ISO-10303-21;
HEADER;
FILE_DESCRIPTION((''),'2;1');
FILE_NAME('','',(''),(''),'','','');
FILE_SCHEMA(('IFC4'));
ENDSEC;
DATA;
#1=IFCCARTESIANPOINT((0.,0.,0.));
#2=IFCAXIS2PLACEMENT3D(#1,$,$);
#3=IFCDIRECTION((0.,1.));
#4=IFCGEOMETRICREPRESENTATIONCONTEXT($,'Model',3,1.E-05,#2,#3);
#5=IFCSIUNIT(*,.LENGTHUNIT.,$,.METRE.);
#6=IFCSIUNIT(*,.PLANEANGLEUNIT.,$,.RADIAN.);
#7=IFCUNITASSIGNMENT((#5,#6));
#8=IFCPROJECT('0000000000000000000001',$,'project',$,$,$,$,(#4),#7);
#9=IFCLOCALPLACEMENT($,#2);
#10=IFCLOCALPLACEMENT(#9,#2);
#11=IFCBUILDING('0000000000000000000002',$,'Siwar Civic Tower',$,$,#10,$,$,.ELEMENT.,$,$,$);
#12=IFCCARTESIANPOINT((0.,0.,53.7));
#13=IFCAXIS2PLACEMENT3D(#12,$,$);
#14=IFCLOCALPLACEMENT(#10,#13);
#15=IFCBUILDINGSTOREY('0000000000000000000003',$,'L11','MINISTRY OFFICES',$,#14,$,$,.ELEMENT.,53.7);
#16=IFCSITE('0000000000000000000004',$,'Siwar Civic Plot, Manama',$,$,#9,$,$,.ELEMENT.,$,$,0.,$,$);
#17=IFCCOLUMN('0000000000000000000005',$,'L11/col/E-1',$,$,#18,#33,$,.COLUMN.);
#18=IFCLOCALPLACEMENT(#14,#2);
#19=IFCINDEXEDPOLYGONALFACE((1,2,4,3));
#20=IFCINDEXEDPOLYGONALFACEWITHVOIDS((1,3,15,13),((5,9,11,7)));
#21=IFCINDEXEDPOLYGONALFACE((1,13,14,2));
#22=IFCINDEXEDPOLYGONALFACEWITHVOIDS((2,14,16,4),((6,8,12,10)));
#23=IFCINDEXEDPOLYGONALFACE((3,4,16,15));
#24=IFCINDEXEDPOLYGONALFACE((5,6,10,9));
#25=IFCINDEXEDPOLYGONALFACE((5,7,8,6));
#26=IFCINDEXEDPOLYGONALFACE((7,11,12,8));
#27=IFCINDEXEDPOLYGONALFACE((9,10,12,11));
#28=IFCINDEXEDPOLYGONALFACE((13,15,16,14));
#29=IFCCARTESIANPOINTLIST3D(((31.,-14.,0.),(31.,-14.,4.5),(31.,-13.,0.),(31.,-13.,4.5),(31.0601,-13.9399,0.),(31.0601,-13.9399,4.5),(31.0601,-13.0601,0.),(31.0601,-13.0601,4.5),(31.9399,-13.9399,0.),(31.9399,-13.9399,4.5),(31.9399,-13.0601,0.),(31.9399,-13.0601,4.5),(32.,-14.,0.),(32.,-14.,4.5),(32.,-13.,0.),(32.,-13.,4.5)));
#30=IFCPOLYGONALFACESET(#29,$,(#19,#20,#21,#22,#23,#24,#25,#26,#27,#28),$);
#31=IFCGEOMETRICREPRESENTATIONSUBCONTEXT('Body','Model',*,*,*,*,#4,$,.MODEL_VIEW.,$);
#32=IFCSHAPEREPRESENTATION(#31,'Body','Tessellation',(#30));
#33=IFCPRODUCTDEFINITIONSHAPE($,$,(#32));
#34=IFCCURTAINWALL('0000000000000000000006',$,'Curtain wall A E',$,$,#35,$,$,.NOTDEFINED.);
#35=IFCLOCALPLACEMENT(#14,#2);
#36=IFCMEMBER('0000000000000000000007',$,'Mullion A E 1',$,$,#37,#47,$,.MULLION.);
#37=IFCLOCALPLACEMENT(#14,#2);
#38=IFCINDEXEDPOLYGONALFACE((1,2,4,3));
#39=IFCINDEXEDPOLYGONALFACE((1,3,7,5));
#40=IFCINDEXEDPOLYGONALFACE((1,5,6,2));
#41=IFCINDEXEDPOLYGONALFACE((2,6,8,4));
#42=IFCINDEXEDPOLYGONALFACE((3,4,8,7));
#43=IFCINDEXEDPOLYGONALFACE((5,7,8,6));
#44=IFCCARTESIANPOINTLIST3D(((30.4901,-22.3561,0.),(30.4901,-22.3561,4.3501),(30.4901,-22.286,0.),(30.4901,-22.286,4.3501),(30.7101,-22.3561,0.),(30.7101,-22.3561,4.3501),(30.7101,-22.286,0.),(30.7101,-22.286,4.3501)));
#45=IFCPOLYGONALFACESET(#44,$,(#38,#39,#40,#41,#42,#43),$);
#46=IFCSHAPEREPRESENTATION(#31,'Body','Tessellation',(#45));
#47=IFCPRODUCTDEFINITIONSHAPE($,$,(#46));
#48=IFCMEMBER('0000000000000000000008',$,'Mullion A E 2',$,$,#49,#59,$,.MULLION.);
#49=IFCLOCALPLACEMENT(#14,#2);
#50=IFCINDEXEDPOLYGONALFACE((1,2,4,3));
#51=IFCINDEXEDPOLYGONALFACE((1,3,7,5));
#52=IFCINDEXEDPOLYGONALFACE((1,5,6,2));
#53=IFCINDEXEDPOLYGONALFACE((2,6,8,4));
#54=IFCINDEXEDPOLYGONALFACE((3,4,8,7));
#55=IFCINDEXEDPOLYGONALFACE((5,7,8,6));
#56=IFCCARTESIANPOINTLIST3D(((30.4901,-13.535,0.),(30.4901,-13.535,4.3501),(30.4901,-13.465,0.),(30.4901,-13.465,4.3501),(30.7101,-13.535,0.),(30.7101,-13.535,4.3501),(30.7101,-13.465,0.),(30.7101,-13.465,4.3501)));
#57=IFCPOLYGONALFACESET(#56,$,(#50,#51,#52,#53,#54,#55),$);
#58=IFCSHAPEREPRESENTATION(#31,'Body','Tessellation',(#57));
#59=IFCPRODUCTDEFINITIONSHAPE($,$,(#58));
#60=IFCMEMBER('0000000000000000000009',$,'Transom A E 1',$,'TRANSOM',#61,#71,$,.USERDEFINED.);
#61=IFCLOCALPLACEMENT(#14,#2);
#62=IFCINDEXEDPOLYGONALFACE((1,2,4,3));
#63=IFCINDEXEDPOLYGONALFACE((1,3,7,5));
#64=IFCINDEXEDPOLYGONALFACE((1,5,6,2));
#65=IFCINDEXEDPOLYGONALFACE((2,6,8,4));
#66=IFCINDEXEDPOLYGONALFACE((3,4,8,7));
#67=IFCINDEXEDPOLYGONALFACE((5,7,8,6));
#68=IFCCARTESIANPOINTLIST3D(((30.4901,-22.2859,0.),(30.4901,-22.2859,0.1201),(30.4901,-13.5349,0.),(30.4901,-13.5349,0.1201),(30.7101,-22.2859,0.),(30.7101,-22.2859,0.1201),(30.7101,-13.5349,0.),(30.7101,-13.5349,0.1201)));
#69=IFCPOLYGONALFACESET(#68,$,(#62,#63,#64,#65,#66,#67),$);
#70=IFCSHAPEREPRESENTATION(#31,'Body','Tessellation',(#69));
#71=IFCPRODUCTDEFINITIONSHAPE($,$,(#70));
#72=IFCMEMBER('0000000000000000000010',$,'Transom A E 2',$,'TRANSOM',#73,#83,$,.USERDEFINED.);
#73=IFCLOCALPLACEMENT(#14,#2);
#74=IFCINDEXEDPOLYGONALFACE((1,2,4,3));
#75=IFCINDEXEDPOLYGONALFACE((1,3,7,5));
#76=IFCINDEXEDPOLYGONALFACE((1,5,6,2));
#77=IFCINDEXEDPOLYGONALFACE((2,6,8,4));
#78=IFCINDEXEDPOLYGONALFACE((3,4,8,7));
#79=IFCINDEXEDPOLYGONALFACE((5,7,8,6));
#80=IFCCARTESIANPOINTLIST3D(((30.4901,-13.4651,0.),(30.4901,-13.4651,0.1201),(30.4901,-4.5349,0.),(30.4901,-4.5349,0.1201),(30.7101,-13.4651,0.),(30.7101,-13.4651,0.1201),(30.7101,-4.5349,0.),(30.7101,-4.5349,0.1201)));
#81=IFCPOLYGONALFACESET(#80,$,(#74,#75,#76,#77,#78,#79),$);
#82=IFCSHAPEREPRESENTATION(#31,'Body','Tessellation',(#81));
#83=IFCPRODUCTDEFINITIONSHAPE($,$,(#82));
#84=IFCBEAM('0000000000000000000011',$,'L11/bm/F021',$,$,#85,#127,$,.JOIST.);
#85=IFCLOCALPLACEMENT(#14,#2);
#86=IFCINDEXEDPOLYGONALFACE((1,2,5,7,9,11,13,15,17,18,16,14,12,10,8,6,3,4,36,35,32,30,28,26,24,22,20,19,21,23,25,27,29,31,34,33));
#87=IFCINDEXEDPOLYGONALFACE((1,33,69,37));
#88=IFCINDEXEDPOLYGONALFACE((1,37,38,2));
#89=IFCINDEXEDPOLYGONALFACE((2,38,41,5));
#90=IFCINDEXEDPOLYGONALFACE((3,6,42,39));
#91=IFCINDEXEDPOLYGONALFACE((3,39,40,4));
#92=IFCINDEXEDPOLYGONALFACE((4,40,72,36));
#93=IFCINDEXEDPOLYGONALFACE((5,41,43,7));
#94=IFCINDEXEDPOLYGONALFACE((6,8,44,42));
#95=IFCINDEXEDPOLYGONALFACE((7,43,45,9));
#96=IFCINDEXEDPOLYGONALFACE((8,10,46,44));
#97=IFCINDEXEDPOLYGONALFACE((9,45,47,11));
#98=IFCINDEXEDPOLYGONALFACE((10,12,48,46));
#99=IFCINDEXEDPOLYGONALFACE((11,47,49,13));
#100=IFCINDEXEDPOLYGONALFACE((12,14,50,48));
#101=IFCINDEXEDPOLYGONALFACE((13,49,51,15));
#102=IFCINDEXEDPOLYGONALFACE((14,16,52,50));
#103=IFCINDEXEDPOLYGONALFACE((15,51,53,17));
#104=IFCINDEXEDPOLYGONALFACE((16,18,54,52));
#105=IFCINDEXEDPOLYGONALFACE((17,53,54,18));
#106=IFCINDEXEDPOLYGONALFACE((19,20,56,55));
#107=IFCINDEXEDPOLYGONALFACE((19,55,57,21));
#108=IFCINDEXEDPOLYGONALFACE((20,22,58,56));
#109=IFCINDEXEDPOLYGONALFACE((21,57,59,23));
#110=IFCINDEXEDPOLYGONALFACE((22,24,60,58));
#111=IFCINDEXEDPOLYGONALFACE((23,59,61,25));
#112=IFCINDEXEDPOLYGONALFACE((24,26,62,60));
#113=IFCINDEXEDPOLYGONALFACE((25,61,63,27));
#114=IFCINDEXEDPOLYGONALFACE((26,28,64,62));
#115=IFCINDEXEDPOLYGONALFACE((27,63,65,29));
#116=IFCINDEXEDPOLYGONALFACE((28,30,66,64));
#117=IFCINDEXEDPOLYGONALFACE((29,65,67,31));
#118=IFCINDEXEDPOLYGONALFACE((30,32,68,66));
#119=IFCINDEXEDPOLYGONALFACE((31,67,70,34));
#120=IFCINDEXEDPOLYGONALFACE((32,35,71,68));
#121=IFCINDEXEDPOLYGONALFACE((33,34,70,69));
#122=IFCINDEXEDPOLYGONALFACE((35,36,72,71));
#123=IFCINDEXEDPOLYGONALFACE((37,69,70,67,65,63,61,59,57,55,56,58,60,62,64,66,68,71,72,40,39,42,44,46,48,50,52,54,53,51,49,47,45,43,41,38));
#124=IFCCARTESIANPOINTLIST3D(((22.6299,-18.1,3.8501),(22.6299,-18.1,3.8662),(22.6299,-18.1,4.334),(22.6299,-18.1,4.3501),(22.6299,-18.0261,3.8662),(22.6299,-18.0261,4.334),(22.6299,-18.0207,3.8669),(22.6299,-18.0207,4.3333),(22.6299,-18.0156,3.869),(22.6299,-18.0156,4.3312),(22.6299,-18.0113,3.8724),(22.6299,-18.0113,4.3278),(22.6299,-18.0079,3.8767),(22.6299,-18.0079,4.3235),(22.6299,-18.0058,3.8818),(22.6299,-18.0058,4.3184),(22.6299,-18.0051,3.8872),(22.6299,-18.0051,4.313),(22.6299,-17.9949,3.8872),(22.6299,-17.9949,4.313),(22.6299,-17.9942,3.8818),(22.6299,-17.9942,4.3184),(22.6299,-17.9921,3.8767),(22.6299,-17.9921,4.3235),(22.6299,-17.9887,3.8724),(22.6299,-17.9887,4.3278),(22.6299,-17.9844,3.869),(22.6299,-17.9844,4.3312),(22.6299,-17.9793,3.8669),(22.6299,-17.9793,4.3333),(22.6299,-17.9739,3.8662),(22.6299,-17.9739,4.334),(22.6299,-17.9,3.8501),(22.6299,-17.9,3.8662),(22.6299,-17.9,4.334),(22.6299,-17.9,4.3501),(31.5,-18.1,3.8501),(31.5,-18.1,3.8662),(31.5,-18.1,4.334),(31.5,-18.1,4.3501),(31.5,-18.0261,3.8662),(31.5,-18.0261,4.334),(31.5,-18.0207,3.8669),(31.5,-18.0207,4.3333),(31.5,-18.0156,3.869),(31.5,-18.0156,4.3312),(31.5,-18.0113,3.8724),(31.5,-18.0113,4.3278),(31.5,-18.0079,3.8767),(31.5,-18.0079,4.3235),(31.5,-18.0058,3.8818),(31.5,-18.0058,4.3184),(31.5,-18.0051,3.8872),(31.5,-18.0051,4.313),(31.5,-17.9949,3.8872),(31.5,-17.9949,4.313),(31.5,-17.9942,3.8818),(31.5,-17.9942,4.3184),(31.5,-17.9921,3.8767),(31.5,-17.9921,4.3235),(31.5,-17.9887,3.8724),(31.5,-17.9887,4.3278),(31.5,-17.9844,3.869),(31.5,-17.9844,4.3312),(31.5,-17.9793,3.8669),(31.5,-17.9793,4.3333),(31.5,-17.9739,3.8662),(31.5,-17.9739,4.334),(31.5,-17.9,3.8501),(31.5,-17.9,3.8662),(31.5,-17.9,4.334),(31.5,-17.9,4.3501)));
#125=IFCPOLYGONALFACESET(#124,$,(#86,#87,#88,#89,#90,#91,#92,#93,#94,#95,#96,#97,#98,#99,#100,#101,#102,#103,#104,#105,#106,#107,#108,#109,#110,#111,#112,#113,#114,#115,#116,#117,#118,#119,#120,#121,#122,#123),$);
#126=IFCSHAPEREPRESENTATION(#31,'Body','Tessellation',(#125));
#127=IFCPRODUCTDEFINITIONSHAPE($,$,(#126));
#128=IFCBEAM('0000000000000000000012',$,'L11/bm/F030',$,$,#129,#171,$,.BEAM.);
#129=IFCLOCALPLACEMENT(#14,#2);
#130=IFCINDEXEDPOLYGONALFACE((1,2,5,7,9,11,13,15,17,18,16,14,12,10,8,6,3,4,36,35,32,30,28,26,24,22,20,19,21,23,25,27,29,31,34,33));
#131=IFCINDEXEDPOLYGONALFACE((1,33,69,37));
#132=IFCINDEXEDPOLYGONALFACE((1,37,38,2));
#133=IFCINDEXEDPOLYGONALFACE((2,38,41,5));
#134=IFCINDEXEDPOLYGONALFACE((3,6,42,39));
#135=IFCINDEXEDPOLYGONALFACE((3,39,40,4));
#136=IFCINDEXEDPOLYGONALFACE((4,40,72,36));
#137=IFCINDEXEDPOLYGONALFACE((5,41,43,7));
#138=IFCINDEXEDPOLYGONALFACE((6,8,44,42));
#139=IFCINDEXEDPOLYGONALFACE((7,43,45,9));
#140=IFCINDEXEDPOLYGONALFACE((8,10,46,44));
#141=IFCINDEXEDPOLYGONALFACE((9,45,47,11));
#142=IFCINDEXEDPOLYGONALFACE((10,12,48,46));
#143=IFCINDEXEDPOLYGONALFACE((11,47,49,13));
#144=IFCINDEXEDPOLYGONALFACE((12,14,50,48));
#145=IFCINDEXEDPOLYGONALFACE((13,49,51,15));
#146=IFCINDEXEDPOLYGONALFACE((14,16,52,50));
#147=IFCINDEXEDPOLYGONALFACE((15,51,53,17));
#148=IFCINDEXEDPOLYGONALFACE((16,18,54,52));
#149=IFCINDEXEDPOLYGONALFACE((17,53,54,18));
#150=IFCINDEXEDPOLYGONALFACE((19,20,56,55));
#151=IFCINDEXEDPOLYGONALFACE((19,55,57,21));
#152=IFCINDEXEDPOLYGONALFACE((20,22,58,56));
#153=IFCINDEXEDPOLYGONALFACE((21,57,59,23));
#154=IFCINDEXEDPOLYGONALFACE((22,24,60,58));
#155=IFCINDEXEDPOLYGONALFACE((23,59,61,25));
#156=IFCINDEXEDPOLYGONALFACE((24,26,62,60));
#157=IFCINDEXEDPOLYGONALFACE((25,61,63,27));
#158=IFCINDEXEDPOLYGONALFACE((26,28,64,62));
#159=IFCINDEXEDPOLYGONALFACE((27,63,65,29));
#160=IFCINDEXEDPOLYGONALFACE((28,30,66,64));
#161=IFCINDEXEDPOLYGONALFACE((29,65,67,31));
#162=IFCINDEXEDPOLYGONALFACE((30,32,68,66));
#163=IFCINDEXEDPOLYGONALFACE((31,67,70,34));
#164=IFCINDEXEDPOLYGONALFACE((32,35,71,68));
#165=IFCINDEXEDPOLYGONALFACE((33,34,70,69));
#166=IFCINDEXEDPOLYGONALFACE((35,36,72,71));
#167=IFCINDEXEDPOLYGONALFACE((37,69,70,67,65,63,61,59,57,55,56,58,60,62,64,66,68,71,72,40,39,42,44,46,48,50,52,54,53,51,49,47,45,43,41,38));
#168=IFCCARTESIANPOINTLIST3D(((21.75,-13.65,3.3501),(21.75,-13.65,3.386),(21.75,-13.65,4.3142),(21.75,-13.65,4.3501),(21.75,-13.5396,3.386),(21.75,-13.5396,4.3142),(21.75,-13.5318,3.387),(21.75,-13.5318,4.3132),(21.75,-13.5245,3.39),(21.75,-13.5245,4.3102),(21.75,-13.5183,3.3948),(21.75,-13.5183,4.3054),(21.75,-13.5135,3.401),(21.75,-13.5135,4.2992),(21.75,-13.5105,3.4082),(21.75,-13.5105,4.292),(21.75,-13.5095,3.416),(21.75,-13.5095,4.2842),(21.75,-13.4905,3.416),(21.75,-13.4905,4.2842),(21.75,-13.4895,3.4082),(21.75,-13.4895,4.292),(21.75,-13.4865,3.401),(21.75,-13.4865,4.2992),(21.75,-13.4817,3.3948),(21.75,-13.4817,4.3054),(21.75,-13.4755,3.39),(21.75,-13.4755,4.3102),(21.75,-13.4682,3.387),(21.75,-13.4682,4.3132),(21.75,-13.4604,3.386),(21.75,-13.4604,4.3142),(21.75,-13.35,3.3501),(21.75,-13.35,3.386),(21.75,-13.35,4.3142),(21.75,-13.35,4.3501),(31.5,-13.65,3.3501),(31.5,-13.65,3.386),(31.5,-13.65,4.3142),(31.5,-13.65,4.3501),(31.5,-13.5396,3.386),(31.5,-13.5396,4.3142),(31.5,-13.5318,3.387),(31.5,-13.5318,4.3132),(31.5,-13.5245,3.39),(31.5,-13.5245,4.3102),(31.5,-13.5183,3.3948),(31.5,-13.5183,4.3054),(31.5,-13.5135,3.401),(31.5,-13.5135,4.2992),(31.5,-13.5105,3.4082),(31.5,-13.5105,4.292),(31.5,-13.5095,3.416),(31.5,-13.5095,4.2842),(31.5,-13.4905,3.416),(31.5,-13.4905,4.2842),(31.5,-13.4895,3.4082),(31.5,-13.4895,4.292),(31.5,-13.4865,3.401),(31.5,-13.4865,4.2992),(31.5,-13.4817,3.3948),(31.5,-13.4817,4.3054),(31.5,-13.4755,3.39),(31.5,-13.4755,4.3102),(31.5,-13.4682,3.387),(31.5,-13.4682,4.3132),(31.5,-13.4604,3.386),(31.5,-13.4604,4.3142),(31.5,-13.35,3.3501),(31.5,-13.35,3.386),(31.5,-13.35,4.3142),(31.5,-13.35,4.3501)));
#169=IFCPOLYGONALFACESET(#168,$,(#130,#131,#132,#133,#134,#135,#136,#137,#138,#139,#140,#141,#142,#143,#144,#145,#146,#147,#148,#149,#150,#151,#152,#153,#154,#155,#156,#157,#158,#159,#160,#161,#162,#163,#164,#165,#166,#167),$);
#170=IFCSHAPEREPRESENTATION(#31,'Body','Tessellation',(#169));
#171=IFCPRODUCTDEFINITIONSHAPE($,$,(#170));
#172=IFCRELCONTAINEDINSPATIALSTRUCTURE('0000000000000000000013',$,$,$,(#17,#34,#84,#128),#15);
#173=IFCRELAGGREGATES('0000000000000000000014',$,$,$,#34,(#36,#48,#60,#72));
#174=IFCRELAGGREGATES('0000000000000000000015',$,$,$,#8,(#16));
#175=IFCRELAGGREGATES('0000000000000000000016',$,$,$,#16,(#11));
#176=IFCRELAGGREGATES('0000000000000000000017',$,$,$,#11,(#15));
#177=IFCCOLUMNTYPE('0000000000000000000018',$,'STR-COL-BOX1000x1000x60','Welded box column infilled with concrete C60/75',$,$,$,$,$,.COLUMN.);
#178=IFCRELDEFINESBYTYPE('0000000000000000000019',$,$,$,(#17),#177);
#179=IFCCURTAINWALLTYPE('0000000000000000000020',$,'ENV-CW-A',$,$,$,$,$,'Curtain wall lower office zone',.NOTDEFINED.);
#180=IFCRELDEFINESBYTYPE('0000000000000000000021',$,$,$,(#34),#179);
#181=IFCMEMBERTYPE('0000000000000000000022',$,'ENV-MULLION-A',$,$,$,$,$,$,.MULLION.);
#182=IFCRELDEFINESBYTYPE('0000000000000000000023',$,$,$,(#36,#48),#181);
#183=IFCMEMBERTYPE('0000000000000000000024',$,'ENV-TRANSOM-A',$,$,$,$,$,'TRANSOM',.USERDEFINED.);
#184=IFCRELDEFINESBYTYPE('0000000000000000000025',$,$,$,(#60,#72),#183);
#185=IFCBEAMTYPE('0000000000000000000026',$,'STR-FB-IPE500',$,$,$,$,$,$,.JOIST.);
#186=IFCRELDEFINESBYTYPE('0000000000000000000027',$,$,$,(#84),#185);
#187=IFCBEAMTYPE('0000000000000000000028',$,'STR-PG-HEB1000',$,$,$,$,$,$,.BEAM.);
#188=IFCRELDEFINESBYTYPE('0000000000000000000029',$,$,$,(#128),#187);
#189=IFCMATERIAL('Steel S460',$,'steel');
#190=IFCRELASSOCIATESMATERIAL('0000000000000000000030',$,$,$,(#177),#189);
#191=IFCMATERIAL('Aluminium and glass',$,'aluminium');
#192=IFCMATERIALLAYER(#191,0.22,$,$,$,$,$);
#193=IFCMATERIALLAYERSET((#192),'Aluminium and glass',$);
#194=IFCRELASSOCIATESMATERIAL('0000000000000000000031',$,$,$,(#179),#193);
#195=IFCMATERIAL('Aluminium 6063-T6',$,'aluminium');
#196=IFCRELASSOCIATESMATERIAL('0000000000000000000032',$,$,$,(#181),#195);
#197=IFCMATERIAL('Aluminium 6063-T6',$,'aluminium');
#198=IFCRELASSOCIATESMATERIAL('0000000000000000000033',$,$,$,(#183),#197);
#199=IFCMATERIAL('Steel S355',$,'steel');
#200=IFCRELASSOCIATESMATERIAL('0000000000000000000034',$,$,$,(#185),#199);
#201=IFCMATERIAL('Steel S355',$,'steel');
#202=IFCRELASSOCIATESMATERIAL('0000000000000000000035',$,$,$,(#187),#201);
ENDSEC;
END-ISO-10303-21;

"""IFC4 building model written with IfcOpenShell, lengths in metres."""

from ifc_helpers import new_model, si_unit, direction, frame, origin, origin_2d, place, context, subcontext, project, spatial, rectangle, hollow_rectangle, i_section, extrude, material, layer, layer_set, material_profile, profile_set, type_object, element, aggregate, save


model = new_model("IFC4")

# Units and contexts
model_context = context("Model", 3, precision=1e-05, world=origin(), true_north=direction((0.0, 1.0)))
body_context = subcontext(model_context, "Body", "Model", "MODEL_VIEW")
ifc_project = project(units=[si_unit("LENGTHUNIT", "METRE"), si_unit("PLANEANGLEUNIT", "RADIAN")], contexts=[model_context])

# Site, building, storey
site_placement = place(None, origin())
site = spatial("IfcSite", under=ifc_project, at=site_placement, Name="Siwar Civic Plot, Manama", CompositionType="ELEMENT", RefElevation=0.0)
building_placement = place(site_placement, origin())
building = spatial("IfcBuilding", under=site, at=building_placement, Name="Siwar Civic Tower", CompositionType="ELEMENT")
storey_placement = place(building_placement, frame((0.0, 0.0, 53.7)))
storey = spatial("IfcBuildingStorey", under=building, at=storey_placement, Name="L11", Description="MINISTRY OFFICES", CompositionType="ELEMENT", Elevation=53.7)

# Column
ifc_material_1 = material(Name="Steel S460", Category="steel")
ifc_material_profile_1 = material_profile(ifc_material_1, hollow_rectangle(XDim=1.0, YDim=1.0, WallThickness=0.0601, at=origin_2d()), Name="BOX1000x1000x60")
ifc_profile_set_1 = profile_set([ifc_material_profile_1], Name="Steel S460")
column_type = type_object("IfcColumnType", Name="STR-COL-BOX1000x1000x60", Description="Welded box column infilled with concrete C60/75", PredefinedType="COLUMN", material=ifc_profile_set_1)
column_placement = place(storey_placement, frame((31.5, -13.5, 0.0), z_axis=(0.0, 0.0, 1.0), x_axis=(1.0, 0.0, 0.0)))
element("IfcColumn", 1, at=column_placement, inside=storey, type_object=column_type, Name="L11/col/E-1", PredefinedType="COLUMN", context=body_context, shape_type="SweptSolid", body=[
    extrude(hollow_rectangle(XDim=1.0, YDim=1.0, WallThickness=0.0601, at=origin_2d()), origin(), (0.0, 0.0, 1.0), 4.5),
])

# Curtain wall, members
ifc_material_2 = material(Name="Aluminium and glass", Category="aluminium")
ifc_layer_1 = layer(ifc_material_2, 0.22)
ifc_layer_set_1 = layer_set([ifc_layer_1], Name="Aluminium and glass")
curtain_wall_type = type_object("IfcCurtainWallType", Name="ENV-CW-A", ElementType="Curtain wall lower office zone", PredefinedType="NOTDEFINED", material=ifc_layer_set_1)
curtain_wall_placement = place(storey_placement, origin())
curtain_wall = element("IfcCurtainWall", 2, at=curtain_wall_placement, inside=storey, type_object=curtain_wall_type, Name="Curtain wall A E", PredefinedType="NOTDEFINED")
ifc_material_3 = material(Name="Aluminium 6063-T6", Category="aluminium")
ifc_material_profile_2 = material_profile(ifc_material_3, rectangle(XDim=0.22, YDim=0.0701, at=origin_2d()), Name="AL 220x70")
ifc_profile_set_2 = profile_set([ifc_material_profile_2], Name="Aluminium 6063-T6")
member_type_1 = type_object("IfcMemberType", Name="ENV-MULLION-A", PredefinedType="MULLION", material=ifc_profile_set_2)
member_1_placement = place(storey_placement, frame((30.6001, -22.321, 0.0), z_axis=(0.0, 0.0, 1.0), x_axis=(-1.0, 0.0, 0.0)))
member_1 = element("IfcMember", 3, at=member_1_placement, type_object=member_type_1, Name="Mullion A E 1", PredefinedType="MULLION", context=body_context, shape_type="SweptSolid", body=[
    extrude(rectangle(XDim=0.22, YDim=0.0701, at=origin_2d()), origin(), (0.0, 0.0, 1.0), 4.3501),
])
member_2_placement = place(storey_placement, frame((30.6001, -13.5, 0.0), z_axis=(0.0, 0.0, 1.0), x_axis=(-1.0, 0.0, 0.0)))
member_2 = element("IfcMember", 4, at=member_2_placement, type_object=member_type_1, Name="Mullion A E 2", PredefinedType="MULLION", context=body_context, shape_type="SweptSolid", body=[
    extrude(rectangle(XDim=0.22, YDim=0.0701, at=origin_2d()), origin(), (0.0, 0.0, 1.0), 4.3501),
])
ifc_material_4 = material(Name="Aluminium 6063-T6", Category="aluminium")
ifc_material_profile_3 = material_profile(ifc_material_4, rectangle(XDim=0.22, YDim=0.1201, at=origin_2d()), Name="AL 220x120")
ifc_profile_set_3 = profile_set([ifc_material_profile_3], Name="Aluminium 6063-T6")
member_type_2 = type_object("IfcMemberType", Name="ENV-TRANSOM-A", ElementType="TRANSOM", PredefinedType="USERDEFINED", material=ifc_profile_set_3)
member_3_placement = place(storey_placement, frame((30.6001, -22.2859, 0.0601), z_axis=(0.0, 1.0, 0.0), x_axis=(-1.0, 0.0, 0.0)))
member_3 = element("IfcMember", 5, at=member_3_placement, type_object=member_type_2, Name="Transom A E 1", ObjectType="TRANSOM", PredefinedType="USERDEFINED", context=body_context, shape_type="SweptSolid", body=[
    extrude(rectangle(XDim=0.22, YDim=0.1201, at=origin_2d()), origin(), (0.0, 0.0, 1.0), 8.751),
])
member_4_placement = place(storey_placement, frame((30.6001, -13.4651, 0.0601), z_axis=(0.0, 1.0, 0.0), x_axis=(-1.0, 0.0, 0.0)))
member_4 = element("IfcMember", 6, at=member_4_placement, type_object=member_type_2, Name="Transom A E 2", ObjectType="TRANSOM", PredefinedType="USERDEFINED", context=body_context, shape_type="SweptSolid", body=[
    extrude(rectangle(XDim=0.22, YDim=0.1201, at=origin_2d()), origin(), (0.0, 0.0, 1.0), 8.9302),
])

# Beams
ifc_material_5 = material(Name="Steel S355", Category="steel")
ifc_material_profile_4 = material_profile(ifc_material_5, i_section(OverallWidth=0.2, OverallDepth=0.5, WebThickness=0.0103, FlangeThickness=0.0161, FilletRadius=0.021, at=origin_2d()), Name="IPE500")
ifc_profile_set_4 = profile_set([ifc_material_profile_4], Name="Steel S355")
beam_type_1 = type_object("IfcBeamType", Name="STR-FB-IPE500", PredefinedType="JOIST", material=ifc_profile_set_4)
beam_1_placement = place(storey_placement, frame((22.6299, -18.0, 4.1001), z_axis=(1.0, 0.0, 0.0), x_axis=(0.0, 1.0, 0.0)))
element("IfcBeam", 7, at=beam_1_placement, inside=storey, type_object=beam_type_1, Name="L11/bm/F021", PredefinedType="JOIST", context=body_context, shape_type="SweptSolid", body=[
    extrude(i_section(OverallWidth=0.2, OverallDepth=0.5, WebThickness=0.0103, FlangeThickness=0.0161, FilletRadius=0.021, at=origin_2d()), origin(), (0.0, 0.0, 1.0), 8.8701),
])
ifc_material_6 = material(Name="Steel S355", Category="steel")
ifc_material_profile_5 = material_profile(ifc_material_6, i_section(OverallWidth=0.3, OverallDepth=1.0, WebThickness=0.019, FlangeThickness=0.0359, FilletRadius=0.03, at=origin_2d()), Name="HEB1000")
ifc_profile_set_5 = profile_set([ifc_material_profile_5], Name="Steel S355")
beam_type_2 = type_object("IfcBeamType", Name="STR-PG-HEB1000", PredefinedType="BEAM", material=ifc_profile_set_5)
beam_2_placement = place(storey_placement, frame((21.75, -13.5, 3.8501), z_axis=(1.0, 0.0, 0.0), x_axis=(0.0, 1.0, 0.0)))
element("IfcBeam", 8, at=beam_2_placement, inside=storey, type_object=beam_type_2, Name="L11/bm/F030", PredefinedType="BEAM", context=body_context, shape_type="SweptSolid", body=[
    extrude(i_section(OverallWidth=0.3, OverallDepth=1.0, WebThickness=0.019, FlangeThickness=0.0359, FilletRadius=0.03, at=origin_2d()), origin(), (0.0, 0.0, 1.0), 9.75),
])

aggregate(curtain_wall, [member_1, member_2, member_3, member_4])

save(model, "model.ifc")
